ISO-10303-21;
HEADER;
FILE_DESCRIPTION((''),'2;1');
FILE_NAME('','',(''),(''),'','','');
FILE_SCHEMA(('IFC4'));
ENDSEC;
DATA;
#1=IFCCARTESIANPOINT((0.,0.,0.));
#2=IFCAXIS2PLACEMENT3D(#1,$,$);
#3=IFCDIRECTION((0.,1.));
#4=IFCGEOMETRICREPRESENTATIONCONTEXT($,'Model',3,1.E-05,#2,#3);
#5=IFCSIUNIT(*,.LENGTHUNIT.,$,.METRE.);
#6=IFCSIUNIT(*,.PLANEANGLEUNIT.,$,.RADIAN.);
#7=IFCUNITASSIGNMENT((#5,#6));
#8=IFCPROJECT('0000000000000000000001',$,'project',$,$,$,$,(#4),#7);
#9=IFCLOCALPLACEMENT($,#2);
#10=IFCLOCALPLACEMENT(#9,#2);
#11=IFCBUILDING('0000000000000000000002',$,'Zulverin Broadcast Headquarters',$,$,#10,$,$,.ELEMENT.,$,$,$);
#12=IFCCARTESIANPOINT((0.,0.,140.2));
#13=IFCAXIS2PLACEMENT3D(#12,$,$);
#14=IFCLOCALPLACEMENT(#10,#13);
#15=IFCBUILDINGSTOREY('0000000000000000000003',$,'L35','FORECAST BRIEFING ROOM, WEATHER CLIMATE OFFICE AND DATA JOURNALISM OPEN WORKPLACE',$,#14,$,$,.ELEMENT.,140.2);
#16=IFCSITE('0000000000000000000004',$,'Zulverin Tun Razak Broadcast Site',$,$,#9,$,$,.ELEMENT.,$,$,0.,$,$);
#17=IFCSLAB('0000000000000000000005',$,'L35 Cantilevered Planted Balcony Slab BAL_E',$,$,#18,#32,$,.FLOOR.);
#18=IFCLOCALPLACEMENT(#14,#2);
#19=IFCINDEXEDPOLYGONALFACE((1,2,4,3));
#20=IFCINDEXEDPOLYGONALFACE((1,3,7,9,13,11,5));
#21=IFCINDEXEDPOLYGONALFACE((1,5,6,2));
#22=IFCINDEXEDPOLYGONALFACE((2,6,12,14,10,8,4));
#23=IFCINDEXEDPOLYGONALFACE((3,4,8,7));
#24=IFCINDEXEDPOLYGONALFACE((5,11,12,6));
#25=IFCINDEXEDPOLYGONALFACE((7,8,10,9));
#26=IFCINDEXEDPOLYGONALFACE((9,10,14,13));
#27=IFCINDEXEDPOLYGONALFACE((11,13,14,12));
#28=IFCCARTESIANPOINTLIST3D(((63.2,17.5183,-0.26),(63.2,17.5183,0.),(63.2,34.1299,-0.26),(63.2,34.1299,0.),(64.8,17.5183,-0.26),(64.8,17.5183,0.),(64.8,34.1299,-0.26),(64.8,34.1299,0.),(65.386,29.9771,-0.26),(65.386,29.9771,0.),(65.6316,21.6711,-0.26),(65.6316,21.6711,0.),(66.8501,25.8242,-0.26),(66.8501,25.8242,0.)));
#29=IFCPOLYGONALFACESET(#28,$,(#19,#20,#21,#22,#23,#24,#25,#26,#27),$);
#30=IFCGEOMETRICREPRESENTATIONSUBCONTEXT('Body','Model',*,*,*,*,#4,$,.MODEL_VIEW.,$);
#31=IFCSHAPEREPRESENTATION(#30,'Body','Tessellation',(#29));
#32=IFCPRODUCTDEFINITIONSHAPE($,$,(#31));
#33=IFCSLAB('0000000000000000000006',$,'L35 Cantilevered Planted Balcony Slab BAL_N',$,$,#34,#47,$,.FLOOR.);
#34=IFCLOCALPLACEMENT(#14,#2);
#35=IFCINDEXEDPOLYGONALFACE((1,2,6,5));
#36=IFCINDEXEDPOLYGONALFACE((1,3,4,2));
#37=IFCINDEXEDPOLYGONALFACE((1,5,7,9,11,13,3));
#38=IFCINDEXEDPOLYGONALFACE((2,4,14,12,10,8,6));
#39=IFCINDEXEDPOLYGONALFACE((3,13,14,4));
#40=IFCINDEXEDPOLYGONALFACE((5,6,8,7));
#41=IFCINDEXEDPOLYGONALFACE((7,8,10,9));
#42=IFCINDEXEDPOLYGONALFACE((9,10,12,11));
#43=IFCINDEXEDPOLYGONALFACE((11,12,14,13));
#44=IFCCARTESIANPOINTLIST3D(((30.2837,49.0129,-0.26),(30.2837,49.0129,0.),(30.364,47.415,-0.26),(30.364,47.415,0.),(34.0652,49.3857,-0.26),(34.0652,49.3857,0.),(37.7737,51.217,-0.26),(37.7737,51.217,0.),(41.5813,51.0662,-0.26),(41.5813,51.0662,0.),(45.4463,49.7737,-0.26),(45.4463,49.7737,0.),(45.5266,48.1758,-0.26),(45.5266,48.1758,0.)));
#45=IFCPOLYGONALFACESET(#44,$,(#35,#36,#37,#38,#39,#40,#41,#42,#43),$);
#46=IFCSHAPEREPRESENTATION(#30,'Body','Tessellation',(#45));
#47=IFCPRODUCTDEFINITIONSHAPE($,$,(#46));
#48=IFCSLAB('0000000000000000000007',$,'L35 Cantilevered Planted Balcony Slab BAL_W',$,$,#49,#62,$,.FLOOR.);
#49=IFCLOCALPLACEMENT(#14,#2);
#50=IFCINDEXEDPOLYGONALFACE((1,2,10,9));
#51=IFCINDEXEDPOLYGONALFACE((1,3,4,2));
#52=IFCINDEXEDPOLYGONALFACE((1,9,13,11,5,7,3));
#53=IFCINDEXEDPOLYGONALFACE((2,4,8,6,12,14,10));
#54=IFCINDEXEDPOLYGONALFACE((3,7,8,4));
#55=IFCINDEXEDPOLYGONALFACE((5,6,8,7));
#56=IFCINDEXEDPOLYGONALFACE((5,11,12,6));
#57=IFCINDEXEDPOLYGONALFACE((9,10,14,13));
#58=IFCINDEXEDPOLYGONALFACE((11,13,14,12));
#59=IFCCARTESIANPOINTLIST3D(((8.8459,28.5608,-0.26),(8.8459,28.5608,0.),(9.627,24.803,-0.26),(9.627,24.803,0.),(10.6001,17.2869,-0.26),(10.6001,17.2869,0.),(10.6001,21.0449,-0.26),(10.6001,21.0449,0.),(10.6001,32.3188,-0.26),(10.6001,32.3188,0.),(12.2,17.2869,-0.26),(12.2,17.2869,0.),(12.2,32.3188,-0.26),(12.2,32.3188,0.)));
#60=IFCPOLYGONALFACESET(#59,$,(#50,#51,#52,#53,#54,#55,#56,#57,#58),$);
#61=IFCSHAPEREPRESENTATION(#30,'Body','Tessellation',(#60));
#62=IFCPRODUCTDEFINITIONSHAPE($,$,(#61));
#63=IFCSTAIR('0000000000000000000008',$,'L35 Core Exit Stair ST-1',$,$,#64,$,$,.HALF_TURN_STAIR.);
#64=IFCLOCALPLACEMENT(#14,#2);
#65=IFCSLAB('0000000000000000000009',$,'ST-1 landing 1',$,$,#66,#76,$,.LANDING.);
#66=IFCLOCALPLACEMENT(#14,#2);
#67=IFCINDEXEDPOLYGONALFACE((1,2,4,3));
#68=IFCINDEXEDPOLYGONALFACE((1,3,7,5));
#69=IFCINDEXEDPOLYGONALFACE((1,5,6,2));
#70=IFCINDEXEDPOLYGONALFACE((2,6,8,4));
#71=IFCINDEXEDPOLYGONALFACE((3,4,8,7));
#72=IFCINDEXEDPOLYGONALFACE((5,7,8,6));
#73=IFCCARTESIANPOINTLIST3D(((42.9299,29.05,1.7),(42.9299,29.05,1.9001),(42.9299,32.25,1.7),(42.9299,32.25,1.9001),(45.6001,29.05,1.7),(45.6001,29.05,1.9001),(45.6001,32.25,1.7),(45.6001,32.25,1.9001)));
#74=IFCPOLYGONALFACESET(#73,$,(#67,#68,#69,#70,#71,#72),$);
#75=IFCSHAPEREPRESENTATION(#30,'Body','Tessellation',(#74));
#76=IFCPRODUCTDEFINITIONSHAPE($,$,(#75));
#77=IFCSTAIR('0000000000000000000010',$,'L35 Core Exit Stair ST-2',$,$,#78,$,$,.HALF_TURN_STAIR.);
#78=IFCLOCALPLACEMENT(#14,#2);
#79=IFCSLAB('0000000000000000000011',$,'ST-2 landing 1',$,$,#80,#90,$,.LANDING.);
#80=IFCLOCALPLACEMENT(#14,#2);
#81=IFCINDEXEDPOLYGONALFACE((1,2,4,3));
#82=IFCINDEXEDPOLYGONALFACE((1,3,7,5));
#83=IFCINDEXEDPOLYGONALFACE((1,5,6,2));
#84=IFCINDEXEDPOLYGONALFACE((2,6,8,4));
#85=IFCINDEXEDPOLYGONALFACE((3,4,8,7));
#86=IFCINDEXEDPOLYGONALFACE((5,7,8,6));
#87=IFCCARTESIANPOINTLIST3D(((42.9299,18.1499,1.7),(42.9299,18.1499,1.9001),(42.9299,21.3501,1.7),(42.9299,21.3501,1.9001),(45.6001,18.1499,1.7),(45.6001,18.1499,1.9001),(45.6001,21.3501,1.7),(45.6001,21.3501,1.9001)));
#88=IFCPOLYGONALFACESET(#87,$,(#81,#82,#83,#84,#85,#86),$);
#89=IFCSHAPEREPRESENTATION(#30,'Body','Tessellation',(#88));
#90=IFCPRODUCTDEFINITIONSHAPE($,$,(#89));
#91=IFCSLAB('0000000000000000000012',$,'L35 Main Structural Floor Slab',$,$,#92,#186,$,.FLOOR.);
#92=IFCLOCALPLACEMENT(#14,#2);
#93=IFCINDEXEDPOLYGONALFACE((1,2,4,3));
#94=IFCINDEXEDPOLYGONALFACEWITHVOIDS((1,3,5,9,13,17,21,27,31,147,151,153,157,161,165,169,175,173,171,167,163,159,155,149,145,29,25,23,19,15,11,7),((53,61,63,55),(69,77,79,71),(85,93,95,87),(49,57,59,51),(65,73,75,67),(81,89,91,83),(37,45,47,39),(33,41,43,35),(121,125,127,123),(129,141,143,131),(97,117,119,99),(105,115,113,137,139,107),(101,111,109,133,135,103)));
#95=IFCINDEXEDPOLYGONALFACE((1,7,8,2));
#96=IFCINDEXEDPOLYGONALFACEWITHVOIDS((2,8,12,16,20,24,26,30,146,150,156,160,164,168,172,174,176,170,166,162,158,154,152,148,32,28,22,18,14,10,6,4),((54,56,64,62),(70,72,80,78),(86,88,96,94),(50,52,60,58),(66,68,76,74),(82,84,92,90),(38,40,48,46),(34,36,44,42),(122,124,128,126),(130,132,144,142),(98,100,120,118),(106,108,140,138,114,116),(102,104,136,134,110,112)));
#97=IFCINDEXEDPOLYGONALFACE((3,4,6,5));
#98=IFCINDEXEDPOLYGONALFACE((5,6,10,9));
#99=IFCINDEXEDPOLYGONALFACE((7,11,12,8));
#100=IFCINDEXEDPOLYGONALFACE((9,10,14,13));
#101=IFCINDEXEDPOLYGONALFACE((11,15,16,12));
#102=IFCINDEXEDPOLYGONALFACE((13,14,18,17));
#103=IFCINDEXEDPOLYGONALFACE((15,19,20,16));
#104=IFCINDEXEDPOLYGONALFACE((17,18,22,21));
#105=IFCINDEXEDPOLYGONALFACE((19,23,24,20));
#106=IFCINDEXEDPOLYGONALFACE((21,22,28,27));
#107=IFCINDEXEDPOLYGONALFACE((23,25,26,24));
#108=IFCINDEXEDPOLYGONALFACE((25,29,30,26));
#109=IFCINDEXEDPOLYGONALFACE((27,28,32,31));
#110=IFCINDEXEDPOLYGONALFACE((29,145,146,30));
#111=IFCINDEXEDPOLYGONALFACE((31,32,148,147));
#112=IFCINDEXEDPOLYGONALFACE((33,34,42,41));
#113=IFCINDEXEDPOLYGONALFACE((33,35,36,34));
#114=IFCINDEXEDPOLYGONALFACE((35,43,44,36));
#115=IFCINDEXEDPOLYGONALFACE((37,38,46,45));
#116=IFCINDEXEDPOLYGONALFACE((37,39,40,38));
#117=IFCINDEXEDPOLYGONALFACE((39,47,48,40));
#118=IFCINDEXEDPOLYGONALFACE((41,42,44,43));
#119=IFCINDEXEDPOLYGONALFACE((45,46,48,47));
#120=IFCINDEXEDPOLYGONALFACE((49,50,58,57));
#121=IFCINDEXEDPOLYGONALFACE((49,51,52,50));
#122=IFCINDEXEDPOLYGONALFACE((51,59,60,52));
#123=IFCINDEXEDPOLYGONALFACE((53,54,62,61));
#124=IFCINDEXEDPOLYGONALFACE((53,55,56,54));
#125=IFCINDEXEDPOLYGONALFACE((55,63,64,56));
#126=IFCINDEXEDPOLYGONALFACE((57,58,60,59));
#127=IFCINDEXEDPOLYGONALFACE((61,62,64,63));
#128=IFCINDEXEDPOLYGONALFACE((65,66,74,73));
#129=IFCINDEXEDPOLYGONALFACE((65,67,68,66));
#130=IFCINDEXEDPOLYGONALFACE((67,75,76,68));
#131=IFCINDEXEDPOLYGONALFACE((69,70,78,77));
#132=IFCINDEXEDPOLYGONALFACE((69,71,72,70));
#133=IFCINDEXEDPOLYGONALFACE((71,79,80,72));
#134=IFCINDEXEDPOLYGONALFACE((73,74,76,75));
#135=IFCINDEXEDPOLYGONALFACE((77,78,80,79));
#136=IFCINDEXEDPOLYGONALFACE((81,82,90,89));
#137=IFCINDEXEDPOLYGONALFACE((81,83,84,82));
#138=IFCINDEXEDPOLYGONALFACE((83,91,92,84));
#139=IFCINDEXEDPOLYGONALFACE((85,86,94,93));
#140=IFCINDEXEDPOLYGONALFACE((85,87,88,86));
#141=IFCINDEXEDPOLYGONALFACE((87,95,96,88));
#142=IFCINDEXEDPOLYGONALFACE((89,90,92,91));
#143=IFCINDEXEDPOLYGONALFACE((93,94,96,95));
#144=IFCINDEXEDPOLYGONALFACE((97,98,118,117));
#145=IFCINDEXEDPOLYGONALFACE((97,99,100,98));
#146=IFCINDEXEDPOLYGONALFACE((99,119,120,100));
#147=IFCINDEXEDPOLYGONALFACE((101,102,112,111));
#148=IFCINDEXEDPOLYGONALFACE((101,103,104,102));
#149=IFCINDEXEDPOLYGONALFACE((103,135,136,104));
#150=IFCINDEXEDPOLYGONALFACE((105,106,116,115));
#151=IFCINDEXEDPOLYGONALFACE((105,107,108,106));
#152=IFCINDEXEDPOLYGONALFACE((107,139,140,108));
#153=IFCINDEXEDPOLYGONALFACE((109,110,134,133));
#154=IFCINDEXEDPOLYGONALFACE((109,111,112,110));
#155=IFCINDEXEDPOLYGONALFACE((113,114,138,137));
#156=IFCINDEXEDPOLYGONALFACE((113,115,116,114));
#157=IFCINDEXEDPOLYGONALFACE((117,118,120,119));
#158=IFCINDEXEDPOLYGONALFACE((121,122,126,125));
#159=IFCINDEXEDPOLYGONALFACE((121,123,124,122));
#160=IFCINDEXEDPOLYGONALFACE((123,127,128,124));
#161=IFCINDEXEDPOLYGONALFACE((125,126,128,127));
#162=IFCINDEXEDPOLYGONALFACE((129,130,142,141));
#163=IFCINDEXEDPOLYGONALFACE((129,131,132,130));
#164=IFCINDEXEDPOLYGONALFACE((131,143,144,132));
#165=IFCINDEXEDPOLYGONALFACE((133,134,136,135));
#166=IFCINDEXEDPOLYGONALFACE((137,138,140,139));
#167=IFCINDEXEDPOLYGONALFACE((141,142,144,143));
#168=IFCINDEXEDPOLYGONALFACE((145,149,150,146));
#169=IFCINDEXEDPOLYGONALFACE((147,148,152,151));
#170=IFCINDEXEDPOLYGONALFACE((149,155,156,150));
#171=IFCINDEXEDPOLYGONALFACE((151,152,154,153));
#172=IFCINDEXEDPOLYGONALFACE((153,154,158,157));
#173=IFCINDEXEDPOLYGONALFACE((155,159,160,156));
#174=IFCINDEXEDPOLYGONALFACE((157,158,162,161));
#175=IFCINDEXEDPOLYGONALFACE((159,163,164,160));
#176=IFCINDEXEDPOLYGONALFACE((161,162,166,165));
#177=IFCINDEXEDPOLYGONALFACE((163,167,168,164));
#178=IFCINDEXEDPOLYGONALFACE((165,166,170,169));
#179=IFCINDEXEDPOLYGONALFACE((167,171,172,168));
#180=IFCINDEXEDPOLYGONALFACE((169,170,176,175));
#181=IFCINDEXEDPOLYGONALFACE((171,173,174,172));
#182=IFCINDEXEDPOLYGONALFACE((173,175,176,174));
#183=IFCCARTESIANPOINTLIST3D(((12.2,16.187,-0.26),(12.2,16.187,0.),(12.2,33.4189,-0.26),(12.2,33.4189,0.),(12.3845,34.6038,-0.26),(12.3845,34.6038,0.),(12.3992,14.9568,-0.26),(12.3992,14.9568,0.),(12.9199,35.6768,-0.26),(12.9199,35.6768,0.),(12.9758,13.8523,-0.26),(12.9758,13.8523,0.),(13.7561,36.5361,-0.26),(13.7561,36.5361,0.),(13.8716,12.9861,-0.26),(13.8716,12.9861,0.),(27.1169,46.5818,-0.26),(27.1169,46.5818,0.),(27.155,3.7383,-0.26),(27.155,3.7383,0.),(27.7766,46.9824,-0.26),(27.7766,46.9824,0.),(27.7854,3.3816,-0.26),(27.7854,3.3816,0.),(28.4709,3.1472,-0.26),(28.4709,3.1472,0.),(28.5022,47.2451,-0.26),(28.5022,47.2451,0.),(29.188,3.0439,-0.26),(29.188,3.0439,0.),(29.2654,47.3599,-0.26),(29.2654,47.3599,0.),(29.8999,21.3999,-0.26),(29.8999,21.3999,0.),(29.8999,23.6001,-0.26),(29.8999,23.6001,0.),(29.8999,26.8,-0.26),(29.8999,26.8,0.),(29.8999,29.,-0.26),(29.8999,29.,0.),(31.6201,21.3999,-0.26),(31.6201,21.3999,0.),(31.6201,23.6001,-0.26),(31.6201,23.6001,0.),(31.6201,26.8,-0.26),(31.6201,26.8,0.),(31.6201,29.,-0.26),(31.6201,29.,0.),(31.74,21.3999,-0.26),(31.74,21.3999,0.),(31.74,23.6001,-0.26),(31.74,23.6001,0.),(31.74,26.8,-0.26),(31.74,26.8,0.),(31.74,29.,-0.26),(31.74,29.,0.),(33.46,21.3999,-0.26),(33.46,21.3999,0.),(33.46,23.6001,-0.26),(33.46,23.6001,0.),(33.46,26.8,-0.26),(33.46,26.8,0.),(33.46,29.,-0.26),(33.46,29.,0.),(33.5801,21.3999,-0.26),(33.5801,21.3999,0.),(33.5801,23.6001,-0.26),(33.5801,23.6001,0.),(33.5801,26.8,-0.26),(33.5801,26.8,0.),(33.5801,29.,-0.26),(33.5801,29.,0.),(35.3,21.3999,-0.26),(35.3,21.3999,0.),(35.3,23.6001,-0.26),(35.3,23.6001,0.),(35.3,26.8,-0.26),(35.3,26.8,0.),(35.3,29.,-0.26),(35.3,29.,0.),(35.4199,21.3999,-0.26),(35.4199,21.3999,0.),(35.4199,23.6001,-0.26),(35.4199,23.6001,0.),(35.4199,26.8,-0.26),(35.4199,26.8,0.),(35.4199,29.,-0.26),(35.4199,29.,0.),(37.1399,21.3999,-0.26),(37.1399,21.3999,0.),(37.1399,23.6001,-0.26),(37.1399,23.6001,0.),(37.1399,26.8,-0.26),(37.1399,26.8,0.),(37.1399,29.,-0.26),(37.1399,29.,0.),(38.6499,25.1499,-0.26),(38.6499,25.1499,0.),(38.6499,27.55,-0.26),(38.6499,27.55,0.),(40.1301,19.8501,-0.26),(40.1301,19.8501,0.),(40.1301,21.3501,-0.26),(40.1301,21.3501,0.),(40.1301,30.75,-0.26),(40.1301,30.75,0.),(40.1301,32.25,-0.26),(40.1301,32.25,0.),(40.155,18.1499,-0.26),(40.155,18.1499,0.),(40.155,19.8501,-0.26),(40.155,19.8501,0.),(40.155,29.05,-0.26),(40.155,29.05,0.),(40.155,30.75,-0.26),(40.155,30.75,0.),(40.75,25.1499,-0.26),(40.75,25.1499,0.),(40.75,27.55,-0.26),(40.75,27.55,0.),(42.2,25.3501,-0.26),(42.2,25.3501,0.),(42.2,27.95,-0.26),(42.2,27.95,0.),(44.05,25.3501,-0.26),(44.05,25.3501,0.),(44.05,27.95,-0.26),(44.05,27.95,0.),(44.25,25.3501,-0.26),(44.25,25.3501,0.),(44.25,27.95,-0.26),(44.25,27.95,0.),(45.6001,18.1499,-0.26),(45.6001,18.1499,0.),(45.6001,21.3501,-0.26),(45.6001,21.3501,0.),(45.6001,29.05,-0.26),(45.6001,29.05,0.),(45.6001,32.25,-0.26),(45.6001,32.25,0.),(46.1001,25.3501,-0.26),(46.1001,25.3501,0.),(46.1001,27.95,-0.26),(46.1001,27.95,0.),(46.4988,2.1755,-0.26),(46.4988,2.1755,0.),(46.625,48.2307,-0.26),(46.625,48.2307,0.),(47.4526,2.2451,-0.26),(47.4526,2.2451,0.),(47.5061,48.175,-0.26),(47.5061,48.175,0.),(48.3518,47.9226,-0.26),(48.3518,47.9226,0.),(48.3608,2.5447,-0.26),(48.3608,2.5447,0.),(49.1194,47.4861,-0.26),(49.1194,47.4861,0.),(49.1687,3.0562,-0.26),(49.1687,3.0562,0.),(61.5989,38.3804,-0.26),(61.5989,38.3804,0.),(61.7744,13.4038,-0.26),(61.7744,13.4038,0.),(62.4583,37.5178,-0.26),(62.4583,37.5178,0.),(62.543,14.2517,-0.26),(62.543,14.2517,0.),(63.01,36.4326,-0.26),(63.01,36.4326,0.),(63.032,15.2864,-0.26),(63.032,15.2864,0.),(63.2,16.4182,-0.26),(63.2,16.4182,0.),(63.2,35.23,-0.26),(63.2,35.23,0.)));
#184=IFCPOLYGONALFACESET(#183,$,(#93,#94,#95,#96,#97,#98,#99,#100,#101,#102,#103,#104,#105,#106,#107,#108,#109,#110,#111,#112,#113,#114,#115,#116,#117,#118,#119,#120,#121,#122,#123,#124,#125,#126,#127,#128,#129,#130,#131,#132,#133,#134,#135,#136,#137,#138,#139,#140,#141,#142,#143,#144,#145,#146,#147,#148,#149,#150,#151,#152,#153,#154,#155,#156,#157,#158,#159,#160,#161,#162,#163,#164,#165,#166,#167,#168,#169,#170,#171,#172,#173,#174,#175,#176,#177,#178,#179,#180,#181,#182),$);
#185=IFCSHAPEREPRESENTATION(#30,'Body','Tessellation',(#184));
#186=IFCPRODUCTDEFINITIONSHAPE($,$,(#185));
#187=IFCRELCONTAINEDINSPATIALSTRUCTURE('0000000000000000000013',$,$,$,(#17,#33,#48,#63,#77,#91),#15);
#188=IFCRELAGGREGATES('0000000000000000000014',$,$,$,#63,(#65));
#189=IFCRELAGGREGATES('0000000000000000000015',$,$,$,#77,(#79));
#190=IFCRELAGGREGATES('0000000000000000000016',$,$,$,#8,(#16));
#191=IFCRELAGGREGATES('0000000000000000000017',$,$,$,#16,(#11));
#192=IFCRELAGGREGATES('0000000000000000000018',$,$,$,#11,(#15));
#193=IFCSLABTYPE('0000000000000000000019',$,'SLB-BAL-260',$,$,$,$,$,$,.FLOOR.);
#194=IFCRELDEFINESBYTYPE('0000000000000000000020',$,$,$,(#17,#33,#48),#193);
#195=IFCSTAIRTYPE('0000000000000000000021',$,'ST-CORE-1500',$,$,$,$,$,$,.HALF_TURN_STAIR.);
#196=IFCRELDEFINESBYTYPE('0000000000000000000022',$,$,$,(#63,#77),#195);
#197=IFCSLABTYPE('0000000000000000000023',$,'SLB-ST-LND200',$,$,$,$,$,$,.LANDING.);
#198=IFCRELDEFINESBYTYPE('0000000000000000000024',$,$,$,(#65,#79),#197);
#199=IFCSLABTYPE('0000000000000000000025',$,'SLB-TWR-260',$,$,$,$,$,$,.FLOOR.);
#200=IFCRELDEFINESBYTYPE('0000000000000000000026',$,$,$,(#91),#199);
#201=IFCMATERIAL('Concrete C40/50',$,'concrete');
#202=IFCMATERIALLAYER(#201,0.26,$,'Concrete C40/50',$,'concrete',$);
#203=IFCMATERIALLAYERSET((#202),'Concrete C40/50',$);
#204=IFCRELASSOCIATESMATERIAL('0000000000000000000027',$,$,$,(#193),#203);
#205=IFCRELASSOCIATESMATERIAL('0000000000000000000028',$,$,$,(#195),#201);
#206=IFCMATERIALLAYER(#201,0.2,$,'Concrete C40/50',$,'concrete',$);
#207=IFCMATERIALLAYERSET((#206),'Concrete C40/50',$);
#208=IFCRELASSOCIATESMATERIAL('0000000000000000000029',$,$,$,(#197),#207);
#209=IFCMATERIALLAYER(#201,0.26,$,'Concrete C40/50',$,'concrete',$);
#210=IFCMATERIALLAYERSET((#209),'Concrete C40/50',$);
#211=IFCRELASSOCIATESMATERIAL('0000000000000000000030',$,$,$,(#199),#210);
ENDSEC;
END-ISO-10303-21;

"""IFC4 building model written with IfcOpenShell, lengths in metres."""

from ifc_helpers import new_model, si_unit, direction, frame, origin, place, context, subcontext, project, spatial, polyline, outline, extrude, material, layer, layer_set, type_object, element, aggregate, save


model = new_model("IFC4")

# Units and contexts
model_context = context("Model", 3, precision=1e-05, world=origin(), true_north=direction((0.0, 1.0)))
body_context = subcontext(model_context, "Body", "Model", "MODEL_VIEW")
ifc_project = project(units=[si_unit("LENGTHUNIT", "METRE"), si_unit("PLANEANGLEUNIT", "RADIAN")], contexts=[model_context])

# Site, building, storey
site_placement = place(None, origin())
site = spatial("IfcSite", under=ifc_project, at=site_placement, Name="Zulverin Tun Razak Broadcast Site", CompositionType="ELEMENT", RefElevation=0.0)
building_placement = place(site_placement, origin())
building = spatial("IfcBuilding", under=site, at=building_placement, Name="Zulverin Broadcast Headquarters", CompositionType="ELEMENT")
storey_placement = place(building_placement, frame((0.0, 0.0, 140.2)))
storey = spatial("IfcBuildingStorey", under=building, at=storey_placement, Name="L35", Description="FORECAST BRIEFING ROOM, WEATHER CLIMATE OFFICE AND DATA JOURNALISM OPEN WORKPLACE", CompositionType="ELEMENT", Elevation=140.2)

# Slabs
ifc_material_1 = material(Name="Concrete C40/50", Category="concrete")
ifc_layer_1 = layer(ifc_material_1, 0.26, Name="Concrete C40/50", Category="concrete")
ifc_layer_set_1 = layer_set([ifc_layer_1], Name="Concrete C40/50")
slab_type_1 = type_object("IfcSlabType", Name="SLB-BAL-260", PredefinedType="FLOOR", material=ifc_layer_set_1)
slab_1_placement = place(storey_placement, frame((0.0, 0.0, -0.26)))
element("IfcSlab", 1, at=slab_1_placement, inside=storey, type_object=slab_type_1, Name="L35 Cantilevered Planted Balcony Slab BAL_E", PredefinedType="FLOOR", context=body_context, shape_type="SweptSolid", body=[
    extrude(outline(polyline([(63.2, 34.1299), (63.2, 17.5183), (64.8, 17.5183), (65.6316, 21.6711), (66.8501, 25.8242), (65.386, 29.9771), (64.8, 34.1299), (63.2, 34.1299)])), origin(), (0.0, 0.0, 1.0), 0.26),
])
slab_2_placement = place(storey_placement, frame((0.0, 0.0, -0.26)))
element("IfcSlab", 2, at=slab_2_placement, inside=storey, type_object=slab_type_1, Name="L35 Cantilevered Planted Balcony Slab BAL_N", PredefinedType="FLOOR", context=body_context, shape_type="SweptSolid", body=[
    extrude(outline(polyline([(30.364, 47.415), (45.5266, 48.1758), (45.4463, 49.7737), (41.5813, 51.0662), (37.7737, 51.217), (34.0652, 49.3857), (30.2837, 49.0129), (30.364, 47.415)])), origin(), (0.0, 0.0, 1.0), 0.26),
])
slab_3_placement = place(storey_placement, frame((0.0, 0.0, -0.26)))
element("IfcSlab", 3, at=slab_3_placement, inside=storey, type_object=slab_type_1, Name="L35 Cantilevered Planted Balcony Slab BAL_W", PredefinedType="FLOOR", context=body_context, shape_type="SweptSolid", body=[
    extrude(outline(polyline([(12.2, 17.2869), (12.2, 32.3188), (10.6001, 32.3188), (8.8459, 28.5608), (9.627, 24.803), (10.6001, 21.0449), (10.6001, 17.2869), (12.2, 17.2869)])), origin(), (0.0, 0.0, 1.0), 0.26),
])

# Stairs, slabs
stair_type = type_object("IfcStairType", Name="ST-CORE-1500", PredefinedType="HALF_TURN_STAIR", material=ifc_material_1)
stair_1_placement = place(storey_placement, origin())
stair_1 = element("IfcStair", 4, at=stair_1_placement, inside=storey, type_object=stair_type, Name="L35 Core Exit Stair ST-1", PredefinedType="HALF_TURN_STAIR")
ifc_layer_2 = layer(ifc_material_1, 0.2, Name="Concrete C40/50", Category="concrete")
ifc_layer_set_2 = layer_set([ifc_layer_2], Name="Concrete C40/50")
slab_type_2 = type_object("IfcSlabType", Name="SLB-ST-LND200", PredefinedType="LANDING", material=ifc_layer_set_2)
slab_4_placement = place(storey_placement, frame((0.0, 0.0, 1.7)))
slab_4 = element("IfcSlab", 5, at=slab_4_placement, type_object=slab_type_2, Name="ST-1 landing 1", PredefinedType="LANDING", context=body_context, shape_type="SweptSolid", body=[
    extrude(outline(polyline([(42.9299, 29.05), (45.6001, 29.05), (45.6001, 32.25), (42.9299, 32.25), (42.9299, 29.05)])), origin(), (0.0, 0.0, 1.0), 0.2002),
])
aggregate(stair_1, [slab_4])
stair_2_placement = place(storey_placement, origin())
stair_2 = element("IfcStair", 6, at=stair_2_placement, inside=storey, type_object=stair_type, Name="L35 Core Exit Stair ST-2", PredefinedType="HALF_TURN_STAIR")
slab_5_placement = place(storey_placement, frame((0.0, 0.0, 1.7)))
slab_5 = element("IfcSlab", 7, at=slab_5_placement, type_object=slab_type_2, Name="ST-2 landing 1", PredefinedType="LANDING", context=body_context, shape_type="SweptSolid", body=[
    extrude(outline(polyline([(42.9299, 18.1499), (45.6001, 18.1499), (45.6001, 21.3501), (42.9299, 21.3501), (42.9299, 18.1499)])), origin(), (0.0, 0.0, 1.0), 0.2002),
])
aggregate(stair_2, [slab_5])

# Slab
ifc_layer_3 = layer(ifc_material_1, 0.26, Name="Concrete C40/50", Category="concrete")
ifc_layer_set_3 = layer_set([ifc_layer_3], Name="Concrete C40/50")
slab_type_3 = type_object("IfcSlabType", Name="SLB-TWR-260", PredefinedType="FLOOR", material=ifc_layer_set_3)
slab_6_placement = place(storey_placement, frame((0.0, 0.0, -0.26)))
element("IfcSlab", 8, at=slab_6_placement, inside=storey, type_object=slab_type_3, Name="L35 Main Structural Floor Slab", PredefinedType="FLOOR", context=body_context, shape_type="SweptSolid", body=[
    extrude(outline(polyline([(27.155, 3.7383), (27.7854, 3.3816), (28.4709, 3.1472), (29.188, 3.0439), (46.4988, 2.1755), (47.4526, 2.2451), (48.3608, 2.5447), (49.1687, 3.0562), (61.7744, 13.4038), (62.543, 14.2517), (63.032, 15.2864), (63.2, 16.4182), (63.2, 35.23), (63.01, 36.4326), (62.4583, 37.5178), (61.5989, 38.3804), (49.1194, 47.4861), (48.3518, 47.9226), (47.5061, 48.175), (46.625, 48.2307), (29.2654, 47.3599), (28.5022, 47.2451), (27.7766, 46.9824), (27.1169, 46.5818), (13.7561, 36.5361), (12.9199, 35.6768), (12.3845, 34.6038), (12.2, 33.4189), (12.2, 16.187), (12.3992, 14.9568), (12.9758, 13.8523), (13.8716, 12.9861), (27.155, 3.7383)]), holes=[polyline([(40.155, 30.75), (40.1301, 30.75), (40.1301, 32.25), (45.6001, 32.25), (45.6001, 29.05), (40.155, 29.05), (40.155, 30.75)]), polyline([(40.155, 19.8501), (40.1301, 19.8501), (40.1301, 21.3501), (45.6001, 21.3501), (45.6001, 18.1499), (40.155, 18.1499), (40.155, 19.8501)]), polyline([(29.8999, 21.3999), (31.6201, 21.3999), (31.6201, 23.6001), (29.8999, 23.6001), (29.8999, 21.3999)]), polyline([(31.74, 21.3999), (33.46, 21.3999), (33.46, 23.6001), (31.74, 23.6001), (31.74, 21.3999)]), polyline([(33.5801, 21.3999), (35.3, 21.3999), (35.3, 23.6001), (33.5801, 23.6001), (33.5801, 21.3999)]), polyline([(35.4199, 21.3999), (37.1399, 21.3999), (37.1399, 23.6001), (35.4199, 23.6001), (35.4199, 21.3999)]), polyline([(29.8999, 26.8), (31.6201, 26.8), (31.6201, 29.0), (29.8999, 29.0), (29.8999, 26.8)]), polyline([(31.74, 26.8), (33.46, 26.8), (33.46, 29.0), (31.74, 29.0), (31.74, 26.8)]), polyline([(33.5801, 26.8), (35.3, 26.8), (35.3, 29.0), (33.5801, 29.0), (33.5801, 26.8)]), polyline([(35.4199, 26.8), (37.1399, 26.8), (37.1399, 29.0), (35.4199, 29.0), (35.4199, 26.8)]), polyline([(42.2, 25.3501), (44.05, 25.3501), (44.05, 27.95), (42.2, 27.95), (42.2, 25.3501)]), polyline([(44.25, 25.3501), (46.1001, 25.3501), (46.1001, 27.95), (44.25, 27.95), (44.25, 25.3501)]), polyline([(38.6499, 25.1499), (40.75, 25.1499), (40.75, 27.55), (38.6499, 27.55), (38.6499, 25.1499)])]), origin(), (0.0, 0.0, 1.0), 0.26),
])

save(model, "model.ifc")
